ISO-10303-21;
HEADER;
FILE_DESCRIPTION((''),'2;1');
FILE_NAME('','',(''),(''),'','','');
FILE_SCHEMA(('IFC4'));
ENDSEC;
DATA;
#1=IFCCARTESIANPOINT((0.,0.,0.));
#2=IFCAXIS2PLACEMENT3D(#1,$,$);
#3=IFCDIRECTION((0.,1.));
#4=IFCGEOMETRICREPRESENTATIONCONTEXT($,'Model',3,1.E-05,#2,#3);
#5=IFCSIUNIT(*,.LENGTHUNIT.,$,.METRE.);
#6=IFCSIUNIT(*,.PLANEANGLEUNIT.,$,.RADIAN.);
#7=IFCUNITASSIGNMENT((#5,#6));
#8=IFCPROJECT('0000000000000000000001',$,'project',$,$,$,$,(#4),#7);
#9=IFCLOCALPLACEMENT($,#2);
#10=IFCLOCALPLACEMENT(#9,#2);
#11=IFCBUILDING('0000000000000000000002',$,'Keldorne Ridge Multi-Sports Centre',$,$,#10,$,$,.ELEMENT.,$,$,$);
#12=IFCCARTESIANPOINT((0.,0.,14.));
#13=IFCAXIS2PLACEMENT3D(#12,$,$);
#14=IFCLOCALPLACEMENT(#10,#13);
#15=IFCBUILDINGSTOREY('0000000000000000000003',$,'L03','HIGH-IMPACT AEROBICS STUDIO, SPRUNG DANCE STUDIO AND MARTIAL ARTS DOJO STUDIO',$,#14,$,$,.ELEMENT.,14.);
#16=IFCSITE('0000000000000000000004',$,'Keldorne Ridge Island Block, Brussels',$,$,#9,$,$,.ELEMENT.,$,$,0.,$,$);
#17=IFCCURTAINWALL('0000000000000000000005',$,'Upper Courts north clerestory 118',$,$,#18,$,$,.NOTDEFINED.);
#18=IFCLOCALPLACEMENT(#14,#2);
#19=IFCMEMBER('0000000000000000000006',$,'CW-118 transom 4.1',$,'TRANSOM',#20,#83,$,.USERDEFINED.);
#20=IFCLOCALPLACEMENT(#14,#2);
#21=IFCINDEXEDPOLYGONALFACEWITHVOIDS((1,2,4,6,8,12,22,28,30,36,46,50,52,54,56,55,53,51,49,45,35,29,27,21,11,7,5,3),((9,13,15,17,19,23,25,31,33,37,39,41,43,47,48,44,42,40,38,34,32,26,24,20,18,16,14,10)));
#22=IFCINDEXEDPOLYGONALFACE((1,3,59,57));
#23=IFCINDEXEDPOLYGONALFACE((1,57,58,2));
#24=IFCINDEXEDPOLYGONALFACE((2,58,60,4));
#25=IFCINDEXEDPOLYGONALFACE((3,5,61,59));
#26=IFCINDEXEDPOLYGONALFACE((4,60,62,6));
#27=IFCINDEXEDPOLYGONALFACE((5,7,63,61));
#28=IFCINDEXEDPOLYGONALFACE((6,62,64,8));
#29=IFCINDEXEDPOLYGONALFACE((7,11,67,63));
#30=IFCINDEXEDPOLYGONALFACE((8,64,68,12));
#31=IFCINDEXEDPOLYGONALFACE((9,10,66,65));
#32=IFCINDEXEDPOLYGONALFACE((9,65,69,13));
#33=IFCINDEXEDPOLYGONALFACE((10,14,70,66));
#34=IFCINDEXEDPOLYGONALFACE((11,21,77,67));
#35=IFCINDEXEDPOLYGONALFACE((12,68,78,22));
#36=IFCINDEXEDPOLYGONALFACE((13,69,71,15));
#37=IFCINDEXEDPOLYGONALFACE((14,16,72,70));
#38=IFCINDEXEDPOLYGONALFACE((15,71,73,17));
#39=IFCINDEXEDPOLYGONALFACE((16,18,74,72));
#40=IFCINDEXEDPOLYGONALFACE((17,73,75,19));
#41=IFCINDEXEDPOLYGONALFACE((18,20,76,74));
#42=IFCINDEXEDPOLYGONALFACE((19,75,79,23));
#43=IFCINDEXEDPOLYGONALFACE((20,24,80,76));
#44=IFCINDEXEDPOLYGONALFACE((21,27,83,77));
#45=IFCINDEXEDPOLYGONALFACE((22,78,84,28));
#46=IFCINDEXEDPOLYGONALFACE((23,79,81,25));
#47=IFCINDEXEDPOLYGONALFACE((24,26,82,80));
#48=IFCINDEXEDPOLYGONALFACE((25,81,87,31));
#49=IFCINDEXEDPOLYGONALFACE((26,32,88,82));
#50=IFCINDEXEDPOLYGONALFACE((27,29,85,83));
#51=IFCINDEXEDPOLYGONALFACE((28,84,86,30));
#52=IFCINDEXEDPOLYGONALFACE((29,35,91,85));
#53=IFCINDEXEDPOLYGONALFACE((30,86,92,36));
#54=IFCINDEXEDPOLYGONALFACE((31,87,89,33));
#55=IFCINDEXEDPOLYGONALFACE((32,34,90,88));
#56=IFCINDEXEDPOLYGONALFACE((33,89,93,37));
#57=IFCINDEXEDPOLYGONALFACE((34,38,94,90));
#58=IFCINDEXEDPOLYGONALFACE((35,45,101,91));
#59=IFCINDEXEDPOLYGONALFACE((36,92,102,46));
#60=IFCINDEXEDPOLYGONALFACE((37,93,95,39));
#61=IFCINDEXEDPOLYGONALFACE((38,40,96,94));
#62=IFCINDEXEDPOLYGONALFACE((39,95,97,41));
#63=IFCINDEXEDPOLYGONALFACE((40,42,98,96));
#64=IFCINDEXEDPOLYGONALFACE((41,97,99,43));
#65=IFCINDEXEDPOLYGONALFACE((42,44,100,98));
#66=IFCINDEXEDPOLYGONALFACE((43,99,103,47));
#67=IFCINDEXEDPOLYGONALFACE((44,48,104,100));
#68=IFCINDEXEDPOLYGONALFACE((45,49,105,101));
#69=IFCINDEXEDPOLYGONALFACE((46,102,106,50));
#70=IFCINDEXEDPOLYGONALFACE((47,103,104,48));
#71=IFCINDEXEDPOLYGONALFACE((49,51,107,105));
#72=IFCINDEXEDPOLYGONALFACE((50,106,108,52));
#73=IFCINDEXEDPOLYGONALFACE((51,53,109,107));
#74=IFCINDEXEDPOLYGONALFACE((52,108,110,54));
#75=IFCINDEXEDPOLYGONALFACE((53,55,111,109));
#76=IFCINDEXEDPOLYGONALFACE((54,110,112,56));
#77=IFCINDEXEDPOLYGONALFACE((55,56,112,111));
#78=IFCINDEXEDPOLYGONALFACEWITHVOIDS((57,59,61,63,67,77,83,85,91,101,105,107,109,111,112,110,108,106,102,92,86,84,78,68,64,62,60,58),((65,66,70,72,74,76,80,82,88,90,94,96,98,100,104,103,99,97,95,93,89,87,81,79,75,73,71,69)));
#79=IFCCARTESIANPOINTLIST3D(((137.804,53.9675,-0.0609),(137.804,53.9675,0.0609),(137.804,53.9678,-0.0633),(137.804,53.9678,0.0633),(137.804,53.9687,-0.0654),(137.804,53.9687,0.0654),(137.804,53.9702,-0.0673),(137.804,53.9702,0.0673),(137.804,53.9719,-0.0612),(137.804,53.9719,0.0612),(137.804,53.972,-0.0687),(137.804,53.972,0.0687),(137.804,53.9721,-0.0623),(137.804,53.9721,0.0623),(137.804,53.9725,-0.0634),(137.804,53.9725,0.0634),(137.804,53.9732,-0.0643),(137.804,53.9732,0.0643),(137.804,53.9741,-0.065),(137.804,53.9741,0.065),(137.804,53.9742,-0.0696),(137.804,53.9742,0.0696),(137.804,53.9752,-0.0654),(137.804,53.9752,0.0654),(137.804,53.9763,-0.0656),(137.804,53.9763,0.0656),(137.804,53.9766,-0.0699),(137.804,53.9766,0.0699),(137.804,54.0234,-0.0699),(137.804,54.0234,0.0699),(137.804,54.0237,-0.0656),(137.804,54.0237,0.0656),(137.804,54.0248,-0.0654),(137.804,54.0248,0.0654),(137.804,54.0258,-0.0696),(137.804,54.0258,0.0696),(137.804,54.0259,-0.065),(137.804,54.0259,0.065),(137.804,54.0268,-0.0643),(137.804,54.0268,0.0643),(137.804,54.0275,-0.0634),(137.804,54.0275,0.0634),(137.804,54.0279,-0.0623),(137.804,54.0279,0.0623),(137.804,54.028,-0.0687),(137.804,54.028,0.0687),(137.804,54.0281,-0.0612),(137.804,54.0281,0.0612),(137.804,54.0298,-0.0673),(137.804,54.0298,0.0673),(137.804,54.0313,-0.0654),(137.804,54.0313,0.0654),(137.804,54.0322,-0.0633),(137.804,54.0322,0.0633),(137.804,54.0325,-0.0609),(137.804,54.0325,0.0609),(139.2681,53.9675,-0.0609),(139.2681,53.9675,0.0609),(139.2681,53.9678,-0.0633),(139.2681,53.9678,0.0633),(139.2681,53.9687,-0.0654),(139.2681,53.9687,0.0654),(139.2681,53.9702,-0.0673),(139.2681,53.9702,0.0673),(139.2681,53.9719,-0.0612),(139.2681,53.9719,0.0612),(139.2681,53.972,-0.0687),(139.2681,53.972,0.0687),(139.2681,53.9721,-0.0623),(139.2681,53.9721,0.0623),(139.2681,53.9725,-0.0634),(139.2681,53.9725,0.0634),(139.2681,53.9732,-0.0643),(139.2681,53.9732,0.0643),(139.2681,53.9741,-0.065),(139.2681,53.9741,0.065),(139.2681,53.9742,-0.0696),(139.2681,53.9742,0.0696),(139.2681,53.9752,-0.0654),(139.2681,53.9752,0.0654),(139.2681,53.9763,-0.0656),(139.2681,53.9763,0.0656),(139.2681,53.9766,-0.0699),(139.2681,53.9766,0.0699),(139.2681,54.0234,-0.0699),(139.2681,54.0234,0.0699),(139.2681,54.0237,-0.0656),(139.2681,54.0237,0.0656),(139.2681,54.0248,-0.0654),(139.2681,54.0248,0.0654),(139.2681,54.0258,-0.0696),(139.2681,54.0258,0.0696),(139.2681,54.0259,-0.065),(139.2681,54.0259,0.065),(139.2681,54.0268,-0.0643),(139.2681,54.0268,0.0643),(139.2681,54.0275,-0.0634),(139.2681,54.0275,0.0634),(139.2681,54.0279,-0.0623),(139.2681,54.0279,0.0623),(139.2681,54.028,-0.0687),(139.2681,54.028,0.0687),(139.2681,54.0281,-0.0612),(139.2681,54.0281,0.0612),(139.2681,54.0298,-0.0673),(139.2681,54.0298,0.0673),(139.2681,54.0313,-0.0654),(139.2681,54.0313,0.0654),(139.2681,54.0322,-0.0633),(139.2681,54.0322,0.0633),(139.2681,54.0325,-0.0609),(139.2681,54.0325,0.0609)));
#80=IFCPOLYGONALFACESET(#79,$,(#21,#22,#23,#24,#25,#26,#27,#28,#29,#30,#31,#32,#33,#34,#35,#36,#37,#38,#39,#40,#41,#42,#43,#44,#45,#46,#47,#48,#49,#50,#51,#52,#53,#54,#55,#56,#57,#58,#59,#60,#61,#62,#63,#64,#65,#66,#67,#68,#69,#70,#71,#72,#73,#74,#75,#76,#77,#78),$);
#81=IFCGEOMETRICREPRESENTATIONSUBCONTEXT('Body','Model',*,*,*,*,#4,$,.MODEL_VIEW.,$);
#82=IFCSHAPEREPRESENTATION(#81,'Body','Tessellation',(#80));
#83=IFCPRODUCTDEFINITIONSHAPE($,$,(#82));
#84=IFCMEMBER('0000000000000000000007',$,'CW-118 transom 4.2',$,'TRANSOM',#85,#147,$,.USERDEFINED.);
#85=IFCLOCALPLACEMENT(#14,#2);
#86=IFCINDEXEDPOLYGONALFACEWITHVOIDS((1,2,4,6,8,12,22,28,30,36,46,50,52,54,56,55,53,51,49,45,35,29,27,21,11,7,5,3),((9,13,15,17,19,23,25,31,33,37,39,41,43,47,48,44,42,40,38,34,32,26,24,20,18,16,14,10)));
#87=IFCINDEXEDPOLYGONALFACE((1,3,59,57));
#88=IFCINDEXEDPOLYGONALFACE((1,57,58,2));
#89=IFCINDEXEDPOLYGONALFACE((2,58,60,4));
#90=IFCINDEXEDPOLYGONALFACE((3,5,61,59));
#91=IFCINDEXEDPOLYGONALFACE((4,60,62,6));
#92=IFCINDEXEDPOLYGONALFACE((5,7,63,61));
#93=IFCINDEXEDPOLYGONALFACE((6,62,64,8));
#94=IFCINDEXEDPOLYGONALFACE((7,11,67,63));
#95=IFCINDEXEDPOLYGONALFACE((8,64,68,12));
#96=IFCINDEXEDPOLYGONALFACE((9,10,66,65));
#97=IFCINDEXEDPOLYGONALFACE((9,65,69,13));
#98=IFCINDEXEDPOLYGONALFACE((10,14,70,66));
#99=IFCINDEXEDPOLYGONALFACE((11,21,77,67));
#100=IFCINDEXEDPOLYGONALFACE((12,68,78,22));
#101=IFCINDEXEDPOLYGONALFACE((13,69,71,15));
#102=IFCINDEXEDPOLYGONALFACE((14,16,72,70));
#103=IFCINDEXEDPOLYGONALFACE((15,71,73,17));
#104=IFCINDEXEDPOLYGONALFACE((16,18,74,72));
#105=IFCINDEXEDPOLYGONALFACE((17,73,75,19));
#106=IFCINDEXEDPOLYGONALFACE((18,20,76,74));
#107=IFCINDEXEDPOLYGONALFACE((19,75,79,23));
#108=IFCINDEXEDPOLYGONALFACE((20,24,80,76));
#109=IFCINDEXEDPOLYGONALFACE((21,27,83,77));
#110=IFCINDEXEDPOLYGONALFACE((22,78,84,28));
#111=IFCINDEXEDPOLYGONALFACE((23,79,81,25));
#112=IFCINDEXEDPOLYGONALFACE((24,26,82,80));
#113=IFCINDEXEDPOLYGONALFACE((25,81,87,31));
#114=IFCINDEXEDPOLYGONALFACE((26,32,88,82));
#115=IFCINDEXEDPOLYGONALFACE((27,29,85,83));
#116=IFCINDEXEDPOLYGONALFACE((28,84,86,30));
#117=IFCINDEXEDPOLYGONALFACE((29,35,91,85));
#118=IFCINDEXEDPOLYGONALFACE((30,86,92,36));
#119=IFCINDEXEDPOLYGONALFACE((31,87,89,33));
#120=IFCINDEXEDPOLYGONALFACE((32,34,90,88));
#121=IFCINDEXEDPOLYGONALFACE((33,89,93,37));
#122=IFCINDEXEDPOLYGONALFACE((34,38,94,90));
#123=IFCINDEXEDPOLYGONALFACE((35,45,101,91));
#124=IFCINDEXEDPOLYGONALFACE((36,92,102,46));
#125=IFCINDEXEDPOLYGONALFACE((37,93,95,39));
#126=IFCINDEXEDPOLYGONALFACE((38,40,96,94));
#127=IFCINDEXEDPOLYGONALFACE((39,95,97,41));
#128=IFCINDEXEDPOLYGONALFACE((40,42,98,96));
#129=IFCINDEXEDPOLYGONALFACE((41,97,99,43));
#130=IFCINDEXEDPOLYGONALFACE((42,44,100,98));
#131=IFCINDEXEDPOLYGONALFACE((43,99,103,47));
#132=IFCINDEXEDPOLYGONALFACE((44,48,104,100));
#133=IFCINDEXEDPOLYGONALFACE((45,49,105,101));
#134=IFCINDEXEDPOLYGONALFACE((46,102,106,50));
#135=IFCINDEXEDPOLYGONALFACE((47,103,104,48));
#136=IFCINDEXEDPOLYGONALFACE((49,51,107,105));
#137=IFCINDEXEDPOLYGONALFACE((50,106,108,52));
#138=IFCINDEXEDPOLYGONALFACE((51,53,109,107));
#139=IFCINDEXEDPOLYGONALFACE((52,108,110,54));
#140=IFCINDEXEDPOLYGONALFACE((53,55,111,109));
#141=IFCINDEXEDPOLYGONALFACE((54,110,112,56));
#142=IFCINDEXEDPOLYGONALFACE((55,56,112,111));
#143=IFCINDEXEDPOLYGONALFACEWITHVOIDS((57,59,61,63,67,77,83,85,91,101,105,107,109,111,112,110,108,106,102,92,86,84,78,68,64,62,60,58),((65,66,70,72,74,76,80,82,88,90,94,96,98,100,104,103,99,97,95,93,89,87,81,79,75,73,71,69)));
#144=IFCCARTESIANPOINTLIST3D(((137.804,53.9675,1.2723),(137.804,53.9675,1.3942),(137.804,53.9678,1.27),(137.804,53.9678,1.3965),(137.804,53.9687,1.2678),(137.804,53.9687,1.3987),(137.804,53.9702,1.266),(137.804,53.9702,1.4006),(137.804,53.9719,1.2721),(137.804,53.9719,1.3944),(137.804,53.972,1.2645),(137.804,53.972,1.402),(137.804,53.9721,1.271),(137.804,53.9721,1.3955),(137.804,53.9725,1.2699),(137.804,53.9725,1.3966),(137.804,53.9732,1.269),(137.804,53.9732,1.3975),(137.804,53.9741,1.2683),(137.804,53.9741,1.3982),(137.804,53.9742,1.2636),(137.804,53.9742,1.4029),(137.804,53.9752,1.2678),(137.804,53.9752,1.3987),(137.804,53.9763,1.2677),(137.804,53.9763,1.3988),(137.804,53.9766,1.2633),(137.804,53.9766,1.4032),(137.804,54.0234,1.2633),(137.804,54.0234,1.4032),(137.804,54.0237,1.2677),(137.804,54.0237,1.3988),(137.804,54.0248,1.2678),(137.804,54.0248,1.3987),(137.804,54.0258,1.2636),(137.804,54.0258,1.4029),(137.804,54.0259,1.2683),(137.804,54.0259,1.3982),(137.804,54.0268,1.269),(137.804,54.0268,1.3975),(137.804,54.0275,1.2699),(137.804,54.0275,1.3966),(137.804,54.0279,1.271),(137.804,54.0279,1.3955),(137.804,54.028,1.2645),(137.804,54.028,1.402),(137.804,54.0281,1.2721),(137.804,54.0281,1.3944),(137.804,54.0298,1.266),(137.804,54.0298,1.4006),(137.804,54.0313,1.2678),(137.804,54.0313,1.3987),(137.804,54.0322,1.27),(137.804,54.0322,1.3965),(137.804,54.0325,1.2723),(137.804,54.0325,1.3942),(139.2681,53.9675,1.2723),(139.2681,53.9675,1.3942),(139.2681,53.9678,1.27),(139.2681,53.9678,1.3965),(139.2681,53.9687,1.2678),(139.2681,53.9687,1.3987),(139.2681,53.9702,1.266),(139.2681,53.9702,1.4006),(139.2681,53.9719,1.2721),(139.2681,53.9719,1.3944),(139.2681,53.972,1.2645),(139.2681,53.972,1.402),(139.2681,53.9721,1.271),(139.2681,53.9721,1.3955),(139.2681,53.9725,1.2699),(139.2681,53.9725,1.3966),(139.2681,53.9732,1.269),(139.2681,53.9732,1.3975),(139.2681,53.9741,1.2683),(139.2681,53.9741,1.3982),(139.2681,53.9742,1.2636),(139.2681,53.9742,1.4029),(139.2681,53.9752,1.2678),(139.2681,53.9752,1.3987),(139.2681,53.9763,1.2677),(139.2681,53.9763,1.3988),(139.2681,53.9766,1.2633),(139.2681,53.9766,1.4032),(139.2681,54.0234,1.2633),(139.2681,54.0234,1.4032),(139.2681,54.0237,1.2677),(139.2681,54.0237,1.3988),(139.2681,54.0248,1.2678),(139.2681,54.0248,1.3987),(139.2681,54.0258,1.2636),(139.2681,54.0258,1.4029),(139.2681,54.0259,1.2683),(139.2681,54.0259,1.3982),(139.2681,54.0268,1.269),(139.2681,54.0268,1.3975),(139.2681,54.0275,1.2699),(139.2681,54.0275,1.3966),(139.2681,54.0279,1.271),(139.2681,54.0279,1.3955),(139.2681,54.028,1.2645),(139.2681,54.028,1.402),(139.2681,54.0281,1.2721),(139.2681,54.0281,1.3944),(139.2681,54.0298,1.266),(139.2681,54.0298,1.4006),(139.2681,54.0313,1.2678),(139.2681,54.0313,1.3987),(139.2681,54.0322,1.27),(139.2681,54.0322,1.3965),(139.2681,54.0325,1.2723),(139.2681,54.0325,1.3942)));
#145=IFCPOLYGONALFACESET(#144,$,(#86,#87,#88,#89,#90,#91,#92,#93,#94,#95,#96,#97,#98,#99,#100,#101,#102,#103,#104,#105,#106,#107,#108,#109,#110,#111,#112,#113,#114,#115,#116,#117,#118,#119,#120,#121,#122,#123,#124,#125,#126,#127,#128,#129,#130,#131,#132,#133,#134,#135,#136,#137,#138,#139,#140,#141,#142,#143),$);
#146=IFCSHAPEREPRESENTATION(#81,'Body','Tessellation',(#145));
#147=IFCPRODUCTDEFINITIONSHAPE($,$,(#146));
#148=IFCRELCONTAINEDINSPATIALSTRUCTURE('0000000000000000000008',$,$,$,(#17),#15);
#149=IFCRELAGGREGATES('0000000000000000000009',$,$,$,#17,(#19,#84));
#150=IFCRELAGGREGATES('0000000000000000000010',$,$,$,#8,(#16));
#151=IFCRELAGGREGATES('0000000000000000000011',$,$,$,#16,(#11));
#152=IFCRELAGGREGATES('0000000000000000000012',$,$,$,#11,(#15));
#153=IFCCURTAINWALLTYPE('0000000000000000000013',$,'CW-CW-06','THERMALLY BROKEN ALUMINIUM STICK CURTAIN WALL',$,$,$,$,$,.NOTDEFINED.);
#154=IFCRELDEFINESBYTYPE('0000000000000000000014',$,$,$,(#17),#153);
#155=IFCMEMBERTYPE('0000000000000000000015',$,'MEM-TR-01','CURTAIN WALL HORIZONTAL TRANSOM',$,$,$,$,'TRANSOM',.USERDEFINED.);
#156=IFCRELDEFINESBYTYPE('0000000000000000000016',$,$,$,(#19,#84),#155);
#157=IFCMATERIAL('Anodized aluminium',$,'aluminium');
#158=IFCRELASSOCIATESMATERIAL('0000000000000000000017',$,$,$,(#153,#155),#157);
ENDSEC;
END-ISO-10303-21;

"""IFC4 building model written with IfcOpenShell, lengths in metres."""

from ifc_helpers import new_model, si_unit, direction, frame, origin, origin_2d, place, context, subcontext, project, spatial, hollow_rectangle, extrude, material, material_profile, profile_set, type_object, element, aggregate, save


model = new_model("IFC4")

# Units and contexts
model_context = context("Model", 3, precision=1e-05, world=origin(), true_north=direction((0.0, 1.0)))
body_context = subcontext(model_context, "Body", "Model", "MODEL_VIEW")
ifc_project = project(units=[si_unit("LENGTHUNIT", "METRE"), si_unit("PLANEANGLEUNIT", "RADIAN")], contexts=[model_context])

# Site, building, storey
site_placement = place(None, origin())
site = spatial("IfcSite", under=ifc_project, at=site_placement, Name="Keldorne Ridge Island Block, Brussels", CompositionType="ELEMENT", RefElevation=0.0)
building_placement = place(site_placement, origin())
building = spatial("IfcBuilding", under=site, at=building_placement, Name="Keldorne Ridge Multi-Sports Centre", CompositionType="ELEMENT")
storey_placement = place(building_placement, frame((0.0, 0.0, 14.0)))
storey = spatial("IfcBuildingStorey", under=building, at=storey_placement, Name="L03", Description="HIGH-IMPACT AEROBICS STUDIO, SPRUNG DANCE STUDIO AND MARTIAL ARTS DOJO STUDIO", CompositionType="ELEMENT", Elevation=14.0)

# Curtain wall, members
ifc_material_1 = material(Name="Anodized aluminium", Category="aluminium")
curtain_wall_type = type_object("IfcCurtainWallType", Name="CW-CW-06", Description="THERMALLY BROKEN ALUMINIUM STICK CURTAIN WALL", PredefinedType="NOTDEFINED", material=ifc_material_1)
curtain_wall_placement = place(storey_placement, origin())
curtain_wall = element("IfcCurtainWall", 1, at=curtain_wall_placement, inside=storey, type_object=curtain_wall_type, Name="Upper Courts north clerestory 118", PredefinedType="NOTDEFINED")
ifc_material_profile_1 = material_profile(ifc_material_1, hollow_rectangle(XDim=0.0649, YDim=0.1399, WallThickness=0.0044, InnerFilletRadius=0.0044, OuterFilletRadius=0.009, at=origin_2d()), Name="ALU TRANSOM 140x65x4.5")
ifc_profile_set_1 = profile_set([ifc_material_profile_1], Name="Anodized aluminium")
member_type_1 = type_object("IfcMemberType", Name="MEM-TR-01", Description="CURTAIN WALL HORIZONTAL TRANSOM", ElementType="TRANSOM", PredefinedType="USERDEFINED", material=ifc_profile_set_1)
member_1_placement = place(storey_placement, frame((139.2681, 54.0, 0.0), z_axis=(-1.0, 0.0, 0.0), x_axis=(0.0, -1.0, 0.0)))
member_1 = element("IfcMember", 2, at=member_1_placement, type_object=member_type_1, Name="CW-118 transom 4.1", ObjectType="TRANSOM", PredefinedType="USERDEFINED", context=body_context, shape_type="SweptSolid", body=[
    extrude(hollow_rectangle(XDim=0.0649, YDim=0.1399, WallThickness=0.0044, InnerFilletRadius=0.0044, OuterFilletRadius=0.009, at=origin_2d()), origin(), (0.0, 0.0, 1.0), 1.4641),
])
member_2_placement = place(storey_placement, frame((139.2681, 54.0, 1.3333), z_axis=(-1.0, 0.0, 0.0), x_axis=(0.0, -1.0, 0.0)))
member_2 = element("IfcMember", 3, at=member_2_placement, type_object=member_type_1, Name="CW-118 transom 4.2", ObjectType="TRANSOM", PredefinedType="USERDEFINED", context=body_context, shape_type="SweptSolid", body=[
    extrude(hollow_rectangle(XDim=0.0649, YDim=0.1399, WallThickness=0.0044, InnerFilletRadius=0.0044, OuterFilletRadius=0.009, at=origin_2d()), origin(), (0.0, 0.0, 1.0), 1.4641),
])
aggregate(curtain_wall, [member_1, member_2])

save(model, "model.ifc")
